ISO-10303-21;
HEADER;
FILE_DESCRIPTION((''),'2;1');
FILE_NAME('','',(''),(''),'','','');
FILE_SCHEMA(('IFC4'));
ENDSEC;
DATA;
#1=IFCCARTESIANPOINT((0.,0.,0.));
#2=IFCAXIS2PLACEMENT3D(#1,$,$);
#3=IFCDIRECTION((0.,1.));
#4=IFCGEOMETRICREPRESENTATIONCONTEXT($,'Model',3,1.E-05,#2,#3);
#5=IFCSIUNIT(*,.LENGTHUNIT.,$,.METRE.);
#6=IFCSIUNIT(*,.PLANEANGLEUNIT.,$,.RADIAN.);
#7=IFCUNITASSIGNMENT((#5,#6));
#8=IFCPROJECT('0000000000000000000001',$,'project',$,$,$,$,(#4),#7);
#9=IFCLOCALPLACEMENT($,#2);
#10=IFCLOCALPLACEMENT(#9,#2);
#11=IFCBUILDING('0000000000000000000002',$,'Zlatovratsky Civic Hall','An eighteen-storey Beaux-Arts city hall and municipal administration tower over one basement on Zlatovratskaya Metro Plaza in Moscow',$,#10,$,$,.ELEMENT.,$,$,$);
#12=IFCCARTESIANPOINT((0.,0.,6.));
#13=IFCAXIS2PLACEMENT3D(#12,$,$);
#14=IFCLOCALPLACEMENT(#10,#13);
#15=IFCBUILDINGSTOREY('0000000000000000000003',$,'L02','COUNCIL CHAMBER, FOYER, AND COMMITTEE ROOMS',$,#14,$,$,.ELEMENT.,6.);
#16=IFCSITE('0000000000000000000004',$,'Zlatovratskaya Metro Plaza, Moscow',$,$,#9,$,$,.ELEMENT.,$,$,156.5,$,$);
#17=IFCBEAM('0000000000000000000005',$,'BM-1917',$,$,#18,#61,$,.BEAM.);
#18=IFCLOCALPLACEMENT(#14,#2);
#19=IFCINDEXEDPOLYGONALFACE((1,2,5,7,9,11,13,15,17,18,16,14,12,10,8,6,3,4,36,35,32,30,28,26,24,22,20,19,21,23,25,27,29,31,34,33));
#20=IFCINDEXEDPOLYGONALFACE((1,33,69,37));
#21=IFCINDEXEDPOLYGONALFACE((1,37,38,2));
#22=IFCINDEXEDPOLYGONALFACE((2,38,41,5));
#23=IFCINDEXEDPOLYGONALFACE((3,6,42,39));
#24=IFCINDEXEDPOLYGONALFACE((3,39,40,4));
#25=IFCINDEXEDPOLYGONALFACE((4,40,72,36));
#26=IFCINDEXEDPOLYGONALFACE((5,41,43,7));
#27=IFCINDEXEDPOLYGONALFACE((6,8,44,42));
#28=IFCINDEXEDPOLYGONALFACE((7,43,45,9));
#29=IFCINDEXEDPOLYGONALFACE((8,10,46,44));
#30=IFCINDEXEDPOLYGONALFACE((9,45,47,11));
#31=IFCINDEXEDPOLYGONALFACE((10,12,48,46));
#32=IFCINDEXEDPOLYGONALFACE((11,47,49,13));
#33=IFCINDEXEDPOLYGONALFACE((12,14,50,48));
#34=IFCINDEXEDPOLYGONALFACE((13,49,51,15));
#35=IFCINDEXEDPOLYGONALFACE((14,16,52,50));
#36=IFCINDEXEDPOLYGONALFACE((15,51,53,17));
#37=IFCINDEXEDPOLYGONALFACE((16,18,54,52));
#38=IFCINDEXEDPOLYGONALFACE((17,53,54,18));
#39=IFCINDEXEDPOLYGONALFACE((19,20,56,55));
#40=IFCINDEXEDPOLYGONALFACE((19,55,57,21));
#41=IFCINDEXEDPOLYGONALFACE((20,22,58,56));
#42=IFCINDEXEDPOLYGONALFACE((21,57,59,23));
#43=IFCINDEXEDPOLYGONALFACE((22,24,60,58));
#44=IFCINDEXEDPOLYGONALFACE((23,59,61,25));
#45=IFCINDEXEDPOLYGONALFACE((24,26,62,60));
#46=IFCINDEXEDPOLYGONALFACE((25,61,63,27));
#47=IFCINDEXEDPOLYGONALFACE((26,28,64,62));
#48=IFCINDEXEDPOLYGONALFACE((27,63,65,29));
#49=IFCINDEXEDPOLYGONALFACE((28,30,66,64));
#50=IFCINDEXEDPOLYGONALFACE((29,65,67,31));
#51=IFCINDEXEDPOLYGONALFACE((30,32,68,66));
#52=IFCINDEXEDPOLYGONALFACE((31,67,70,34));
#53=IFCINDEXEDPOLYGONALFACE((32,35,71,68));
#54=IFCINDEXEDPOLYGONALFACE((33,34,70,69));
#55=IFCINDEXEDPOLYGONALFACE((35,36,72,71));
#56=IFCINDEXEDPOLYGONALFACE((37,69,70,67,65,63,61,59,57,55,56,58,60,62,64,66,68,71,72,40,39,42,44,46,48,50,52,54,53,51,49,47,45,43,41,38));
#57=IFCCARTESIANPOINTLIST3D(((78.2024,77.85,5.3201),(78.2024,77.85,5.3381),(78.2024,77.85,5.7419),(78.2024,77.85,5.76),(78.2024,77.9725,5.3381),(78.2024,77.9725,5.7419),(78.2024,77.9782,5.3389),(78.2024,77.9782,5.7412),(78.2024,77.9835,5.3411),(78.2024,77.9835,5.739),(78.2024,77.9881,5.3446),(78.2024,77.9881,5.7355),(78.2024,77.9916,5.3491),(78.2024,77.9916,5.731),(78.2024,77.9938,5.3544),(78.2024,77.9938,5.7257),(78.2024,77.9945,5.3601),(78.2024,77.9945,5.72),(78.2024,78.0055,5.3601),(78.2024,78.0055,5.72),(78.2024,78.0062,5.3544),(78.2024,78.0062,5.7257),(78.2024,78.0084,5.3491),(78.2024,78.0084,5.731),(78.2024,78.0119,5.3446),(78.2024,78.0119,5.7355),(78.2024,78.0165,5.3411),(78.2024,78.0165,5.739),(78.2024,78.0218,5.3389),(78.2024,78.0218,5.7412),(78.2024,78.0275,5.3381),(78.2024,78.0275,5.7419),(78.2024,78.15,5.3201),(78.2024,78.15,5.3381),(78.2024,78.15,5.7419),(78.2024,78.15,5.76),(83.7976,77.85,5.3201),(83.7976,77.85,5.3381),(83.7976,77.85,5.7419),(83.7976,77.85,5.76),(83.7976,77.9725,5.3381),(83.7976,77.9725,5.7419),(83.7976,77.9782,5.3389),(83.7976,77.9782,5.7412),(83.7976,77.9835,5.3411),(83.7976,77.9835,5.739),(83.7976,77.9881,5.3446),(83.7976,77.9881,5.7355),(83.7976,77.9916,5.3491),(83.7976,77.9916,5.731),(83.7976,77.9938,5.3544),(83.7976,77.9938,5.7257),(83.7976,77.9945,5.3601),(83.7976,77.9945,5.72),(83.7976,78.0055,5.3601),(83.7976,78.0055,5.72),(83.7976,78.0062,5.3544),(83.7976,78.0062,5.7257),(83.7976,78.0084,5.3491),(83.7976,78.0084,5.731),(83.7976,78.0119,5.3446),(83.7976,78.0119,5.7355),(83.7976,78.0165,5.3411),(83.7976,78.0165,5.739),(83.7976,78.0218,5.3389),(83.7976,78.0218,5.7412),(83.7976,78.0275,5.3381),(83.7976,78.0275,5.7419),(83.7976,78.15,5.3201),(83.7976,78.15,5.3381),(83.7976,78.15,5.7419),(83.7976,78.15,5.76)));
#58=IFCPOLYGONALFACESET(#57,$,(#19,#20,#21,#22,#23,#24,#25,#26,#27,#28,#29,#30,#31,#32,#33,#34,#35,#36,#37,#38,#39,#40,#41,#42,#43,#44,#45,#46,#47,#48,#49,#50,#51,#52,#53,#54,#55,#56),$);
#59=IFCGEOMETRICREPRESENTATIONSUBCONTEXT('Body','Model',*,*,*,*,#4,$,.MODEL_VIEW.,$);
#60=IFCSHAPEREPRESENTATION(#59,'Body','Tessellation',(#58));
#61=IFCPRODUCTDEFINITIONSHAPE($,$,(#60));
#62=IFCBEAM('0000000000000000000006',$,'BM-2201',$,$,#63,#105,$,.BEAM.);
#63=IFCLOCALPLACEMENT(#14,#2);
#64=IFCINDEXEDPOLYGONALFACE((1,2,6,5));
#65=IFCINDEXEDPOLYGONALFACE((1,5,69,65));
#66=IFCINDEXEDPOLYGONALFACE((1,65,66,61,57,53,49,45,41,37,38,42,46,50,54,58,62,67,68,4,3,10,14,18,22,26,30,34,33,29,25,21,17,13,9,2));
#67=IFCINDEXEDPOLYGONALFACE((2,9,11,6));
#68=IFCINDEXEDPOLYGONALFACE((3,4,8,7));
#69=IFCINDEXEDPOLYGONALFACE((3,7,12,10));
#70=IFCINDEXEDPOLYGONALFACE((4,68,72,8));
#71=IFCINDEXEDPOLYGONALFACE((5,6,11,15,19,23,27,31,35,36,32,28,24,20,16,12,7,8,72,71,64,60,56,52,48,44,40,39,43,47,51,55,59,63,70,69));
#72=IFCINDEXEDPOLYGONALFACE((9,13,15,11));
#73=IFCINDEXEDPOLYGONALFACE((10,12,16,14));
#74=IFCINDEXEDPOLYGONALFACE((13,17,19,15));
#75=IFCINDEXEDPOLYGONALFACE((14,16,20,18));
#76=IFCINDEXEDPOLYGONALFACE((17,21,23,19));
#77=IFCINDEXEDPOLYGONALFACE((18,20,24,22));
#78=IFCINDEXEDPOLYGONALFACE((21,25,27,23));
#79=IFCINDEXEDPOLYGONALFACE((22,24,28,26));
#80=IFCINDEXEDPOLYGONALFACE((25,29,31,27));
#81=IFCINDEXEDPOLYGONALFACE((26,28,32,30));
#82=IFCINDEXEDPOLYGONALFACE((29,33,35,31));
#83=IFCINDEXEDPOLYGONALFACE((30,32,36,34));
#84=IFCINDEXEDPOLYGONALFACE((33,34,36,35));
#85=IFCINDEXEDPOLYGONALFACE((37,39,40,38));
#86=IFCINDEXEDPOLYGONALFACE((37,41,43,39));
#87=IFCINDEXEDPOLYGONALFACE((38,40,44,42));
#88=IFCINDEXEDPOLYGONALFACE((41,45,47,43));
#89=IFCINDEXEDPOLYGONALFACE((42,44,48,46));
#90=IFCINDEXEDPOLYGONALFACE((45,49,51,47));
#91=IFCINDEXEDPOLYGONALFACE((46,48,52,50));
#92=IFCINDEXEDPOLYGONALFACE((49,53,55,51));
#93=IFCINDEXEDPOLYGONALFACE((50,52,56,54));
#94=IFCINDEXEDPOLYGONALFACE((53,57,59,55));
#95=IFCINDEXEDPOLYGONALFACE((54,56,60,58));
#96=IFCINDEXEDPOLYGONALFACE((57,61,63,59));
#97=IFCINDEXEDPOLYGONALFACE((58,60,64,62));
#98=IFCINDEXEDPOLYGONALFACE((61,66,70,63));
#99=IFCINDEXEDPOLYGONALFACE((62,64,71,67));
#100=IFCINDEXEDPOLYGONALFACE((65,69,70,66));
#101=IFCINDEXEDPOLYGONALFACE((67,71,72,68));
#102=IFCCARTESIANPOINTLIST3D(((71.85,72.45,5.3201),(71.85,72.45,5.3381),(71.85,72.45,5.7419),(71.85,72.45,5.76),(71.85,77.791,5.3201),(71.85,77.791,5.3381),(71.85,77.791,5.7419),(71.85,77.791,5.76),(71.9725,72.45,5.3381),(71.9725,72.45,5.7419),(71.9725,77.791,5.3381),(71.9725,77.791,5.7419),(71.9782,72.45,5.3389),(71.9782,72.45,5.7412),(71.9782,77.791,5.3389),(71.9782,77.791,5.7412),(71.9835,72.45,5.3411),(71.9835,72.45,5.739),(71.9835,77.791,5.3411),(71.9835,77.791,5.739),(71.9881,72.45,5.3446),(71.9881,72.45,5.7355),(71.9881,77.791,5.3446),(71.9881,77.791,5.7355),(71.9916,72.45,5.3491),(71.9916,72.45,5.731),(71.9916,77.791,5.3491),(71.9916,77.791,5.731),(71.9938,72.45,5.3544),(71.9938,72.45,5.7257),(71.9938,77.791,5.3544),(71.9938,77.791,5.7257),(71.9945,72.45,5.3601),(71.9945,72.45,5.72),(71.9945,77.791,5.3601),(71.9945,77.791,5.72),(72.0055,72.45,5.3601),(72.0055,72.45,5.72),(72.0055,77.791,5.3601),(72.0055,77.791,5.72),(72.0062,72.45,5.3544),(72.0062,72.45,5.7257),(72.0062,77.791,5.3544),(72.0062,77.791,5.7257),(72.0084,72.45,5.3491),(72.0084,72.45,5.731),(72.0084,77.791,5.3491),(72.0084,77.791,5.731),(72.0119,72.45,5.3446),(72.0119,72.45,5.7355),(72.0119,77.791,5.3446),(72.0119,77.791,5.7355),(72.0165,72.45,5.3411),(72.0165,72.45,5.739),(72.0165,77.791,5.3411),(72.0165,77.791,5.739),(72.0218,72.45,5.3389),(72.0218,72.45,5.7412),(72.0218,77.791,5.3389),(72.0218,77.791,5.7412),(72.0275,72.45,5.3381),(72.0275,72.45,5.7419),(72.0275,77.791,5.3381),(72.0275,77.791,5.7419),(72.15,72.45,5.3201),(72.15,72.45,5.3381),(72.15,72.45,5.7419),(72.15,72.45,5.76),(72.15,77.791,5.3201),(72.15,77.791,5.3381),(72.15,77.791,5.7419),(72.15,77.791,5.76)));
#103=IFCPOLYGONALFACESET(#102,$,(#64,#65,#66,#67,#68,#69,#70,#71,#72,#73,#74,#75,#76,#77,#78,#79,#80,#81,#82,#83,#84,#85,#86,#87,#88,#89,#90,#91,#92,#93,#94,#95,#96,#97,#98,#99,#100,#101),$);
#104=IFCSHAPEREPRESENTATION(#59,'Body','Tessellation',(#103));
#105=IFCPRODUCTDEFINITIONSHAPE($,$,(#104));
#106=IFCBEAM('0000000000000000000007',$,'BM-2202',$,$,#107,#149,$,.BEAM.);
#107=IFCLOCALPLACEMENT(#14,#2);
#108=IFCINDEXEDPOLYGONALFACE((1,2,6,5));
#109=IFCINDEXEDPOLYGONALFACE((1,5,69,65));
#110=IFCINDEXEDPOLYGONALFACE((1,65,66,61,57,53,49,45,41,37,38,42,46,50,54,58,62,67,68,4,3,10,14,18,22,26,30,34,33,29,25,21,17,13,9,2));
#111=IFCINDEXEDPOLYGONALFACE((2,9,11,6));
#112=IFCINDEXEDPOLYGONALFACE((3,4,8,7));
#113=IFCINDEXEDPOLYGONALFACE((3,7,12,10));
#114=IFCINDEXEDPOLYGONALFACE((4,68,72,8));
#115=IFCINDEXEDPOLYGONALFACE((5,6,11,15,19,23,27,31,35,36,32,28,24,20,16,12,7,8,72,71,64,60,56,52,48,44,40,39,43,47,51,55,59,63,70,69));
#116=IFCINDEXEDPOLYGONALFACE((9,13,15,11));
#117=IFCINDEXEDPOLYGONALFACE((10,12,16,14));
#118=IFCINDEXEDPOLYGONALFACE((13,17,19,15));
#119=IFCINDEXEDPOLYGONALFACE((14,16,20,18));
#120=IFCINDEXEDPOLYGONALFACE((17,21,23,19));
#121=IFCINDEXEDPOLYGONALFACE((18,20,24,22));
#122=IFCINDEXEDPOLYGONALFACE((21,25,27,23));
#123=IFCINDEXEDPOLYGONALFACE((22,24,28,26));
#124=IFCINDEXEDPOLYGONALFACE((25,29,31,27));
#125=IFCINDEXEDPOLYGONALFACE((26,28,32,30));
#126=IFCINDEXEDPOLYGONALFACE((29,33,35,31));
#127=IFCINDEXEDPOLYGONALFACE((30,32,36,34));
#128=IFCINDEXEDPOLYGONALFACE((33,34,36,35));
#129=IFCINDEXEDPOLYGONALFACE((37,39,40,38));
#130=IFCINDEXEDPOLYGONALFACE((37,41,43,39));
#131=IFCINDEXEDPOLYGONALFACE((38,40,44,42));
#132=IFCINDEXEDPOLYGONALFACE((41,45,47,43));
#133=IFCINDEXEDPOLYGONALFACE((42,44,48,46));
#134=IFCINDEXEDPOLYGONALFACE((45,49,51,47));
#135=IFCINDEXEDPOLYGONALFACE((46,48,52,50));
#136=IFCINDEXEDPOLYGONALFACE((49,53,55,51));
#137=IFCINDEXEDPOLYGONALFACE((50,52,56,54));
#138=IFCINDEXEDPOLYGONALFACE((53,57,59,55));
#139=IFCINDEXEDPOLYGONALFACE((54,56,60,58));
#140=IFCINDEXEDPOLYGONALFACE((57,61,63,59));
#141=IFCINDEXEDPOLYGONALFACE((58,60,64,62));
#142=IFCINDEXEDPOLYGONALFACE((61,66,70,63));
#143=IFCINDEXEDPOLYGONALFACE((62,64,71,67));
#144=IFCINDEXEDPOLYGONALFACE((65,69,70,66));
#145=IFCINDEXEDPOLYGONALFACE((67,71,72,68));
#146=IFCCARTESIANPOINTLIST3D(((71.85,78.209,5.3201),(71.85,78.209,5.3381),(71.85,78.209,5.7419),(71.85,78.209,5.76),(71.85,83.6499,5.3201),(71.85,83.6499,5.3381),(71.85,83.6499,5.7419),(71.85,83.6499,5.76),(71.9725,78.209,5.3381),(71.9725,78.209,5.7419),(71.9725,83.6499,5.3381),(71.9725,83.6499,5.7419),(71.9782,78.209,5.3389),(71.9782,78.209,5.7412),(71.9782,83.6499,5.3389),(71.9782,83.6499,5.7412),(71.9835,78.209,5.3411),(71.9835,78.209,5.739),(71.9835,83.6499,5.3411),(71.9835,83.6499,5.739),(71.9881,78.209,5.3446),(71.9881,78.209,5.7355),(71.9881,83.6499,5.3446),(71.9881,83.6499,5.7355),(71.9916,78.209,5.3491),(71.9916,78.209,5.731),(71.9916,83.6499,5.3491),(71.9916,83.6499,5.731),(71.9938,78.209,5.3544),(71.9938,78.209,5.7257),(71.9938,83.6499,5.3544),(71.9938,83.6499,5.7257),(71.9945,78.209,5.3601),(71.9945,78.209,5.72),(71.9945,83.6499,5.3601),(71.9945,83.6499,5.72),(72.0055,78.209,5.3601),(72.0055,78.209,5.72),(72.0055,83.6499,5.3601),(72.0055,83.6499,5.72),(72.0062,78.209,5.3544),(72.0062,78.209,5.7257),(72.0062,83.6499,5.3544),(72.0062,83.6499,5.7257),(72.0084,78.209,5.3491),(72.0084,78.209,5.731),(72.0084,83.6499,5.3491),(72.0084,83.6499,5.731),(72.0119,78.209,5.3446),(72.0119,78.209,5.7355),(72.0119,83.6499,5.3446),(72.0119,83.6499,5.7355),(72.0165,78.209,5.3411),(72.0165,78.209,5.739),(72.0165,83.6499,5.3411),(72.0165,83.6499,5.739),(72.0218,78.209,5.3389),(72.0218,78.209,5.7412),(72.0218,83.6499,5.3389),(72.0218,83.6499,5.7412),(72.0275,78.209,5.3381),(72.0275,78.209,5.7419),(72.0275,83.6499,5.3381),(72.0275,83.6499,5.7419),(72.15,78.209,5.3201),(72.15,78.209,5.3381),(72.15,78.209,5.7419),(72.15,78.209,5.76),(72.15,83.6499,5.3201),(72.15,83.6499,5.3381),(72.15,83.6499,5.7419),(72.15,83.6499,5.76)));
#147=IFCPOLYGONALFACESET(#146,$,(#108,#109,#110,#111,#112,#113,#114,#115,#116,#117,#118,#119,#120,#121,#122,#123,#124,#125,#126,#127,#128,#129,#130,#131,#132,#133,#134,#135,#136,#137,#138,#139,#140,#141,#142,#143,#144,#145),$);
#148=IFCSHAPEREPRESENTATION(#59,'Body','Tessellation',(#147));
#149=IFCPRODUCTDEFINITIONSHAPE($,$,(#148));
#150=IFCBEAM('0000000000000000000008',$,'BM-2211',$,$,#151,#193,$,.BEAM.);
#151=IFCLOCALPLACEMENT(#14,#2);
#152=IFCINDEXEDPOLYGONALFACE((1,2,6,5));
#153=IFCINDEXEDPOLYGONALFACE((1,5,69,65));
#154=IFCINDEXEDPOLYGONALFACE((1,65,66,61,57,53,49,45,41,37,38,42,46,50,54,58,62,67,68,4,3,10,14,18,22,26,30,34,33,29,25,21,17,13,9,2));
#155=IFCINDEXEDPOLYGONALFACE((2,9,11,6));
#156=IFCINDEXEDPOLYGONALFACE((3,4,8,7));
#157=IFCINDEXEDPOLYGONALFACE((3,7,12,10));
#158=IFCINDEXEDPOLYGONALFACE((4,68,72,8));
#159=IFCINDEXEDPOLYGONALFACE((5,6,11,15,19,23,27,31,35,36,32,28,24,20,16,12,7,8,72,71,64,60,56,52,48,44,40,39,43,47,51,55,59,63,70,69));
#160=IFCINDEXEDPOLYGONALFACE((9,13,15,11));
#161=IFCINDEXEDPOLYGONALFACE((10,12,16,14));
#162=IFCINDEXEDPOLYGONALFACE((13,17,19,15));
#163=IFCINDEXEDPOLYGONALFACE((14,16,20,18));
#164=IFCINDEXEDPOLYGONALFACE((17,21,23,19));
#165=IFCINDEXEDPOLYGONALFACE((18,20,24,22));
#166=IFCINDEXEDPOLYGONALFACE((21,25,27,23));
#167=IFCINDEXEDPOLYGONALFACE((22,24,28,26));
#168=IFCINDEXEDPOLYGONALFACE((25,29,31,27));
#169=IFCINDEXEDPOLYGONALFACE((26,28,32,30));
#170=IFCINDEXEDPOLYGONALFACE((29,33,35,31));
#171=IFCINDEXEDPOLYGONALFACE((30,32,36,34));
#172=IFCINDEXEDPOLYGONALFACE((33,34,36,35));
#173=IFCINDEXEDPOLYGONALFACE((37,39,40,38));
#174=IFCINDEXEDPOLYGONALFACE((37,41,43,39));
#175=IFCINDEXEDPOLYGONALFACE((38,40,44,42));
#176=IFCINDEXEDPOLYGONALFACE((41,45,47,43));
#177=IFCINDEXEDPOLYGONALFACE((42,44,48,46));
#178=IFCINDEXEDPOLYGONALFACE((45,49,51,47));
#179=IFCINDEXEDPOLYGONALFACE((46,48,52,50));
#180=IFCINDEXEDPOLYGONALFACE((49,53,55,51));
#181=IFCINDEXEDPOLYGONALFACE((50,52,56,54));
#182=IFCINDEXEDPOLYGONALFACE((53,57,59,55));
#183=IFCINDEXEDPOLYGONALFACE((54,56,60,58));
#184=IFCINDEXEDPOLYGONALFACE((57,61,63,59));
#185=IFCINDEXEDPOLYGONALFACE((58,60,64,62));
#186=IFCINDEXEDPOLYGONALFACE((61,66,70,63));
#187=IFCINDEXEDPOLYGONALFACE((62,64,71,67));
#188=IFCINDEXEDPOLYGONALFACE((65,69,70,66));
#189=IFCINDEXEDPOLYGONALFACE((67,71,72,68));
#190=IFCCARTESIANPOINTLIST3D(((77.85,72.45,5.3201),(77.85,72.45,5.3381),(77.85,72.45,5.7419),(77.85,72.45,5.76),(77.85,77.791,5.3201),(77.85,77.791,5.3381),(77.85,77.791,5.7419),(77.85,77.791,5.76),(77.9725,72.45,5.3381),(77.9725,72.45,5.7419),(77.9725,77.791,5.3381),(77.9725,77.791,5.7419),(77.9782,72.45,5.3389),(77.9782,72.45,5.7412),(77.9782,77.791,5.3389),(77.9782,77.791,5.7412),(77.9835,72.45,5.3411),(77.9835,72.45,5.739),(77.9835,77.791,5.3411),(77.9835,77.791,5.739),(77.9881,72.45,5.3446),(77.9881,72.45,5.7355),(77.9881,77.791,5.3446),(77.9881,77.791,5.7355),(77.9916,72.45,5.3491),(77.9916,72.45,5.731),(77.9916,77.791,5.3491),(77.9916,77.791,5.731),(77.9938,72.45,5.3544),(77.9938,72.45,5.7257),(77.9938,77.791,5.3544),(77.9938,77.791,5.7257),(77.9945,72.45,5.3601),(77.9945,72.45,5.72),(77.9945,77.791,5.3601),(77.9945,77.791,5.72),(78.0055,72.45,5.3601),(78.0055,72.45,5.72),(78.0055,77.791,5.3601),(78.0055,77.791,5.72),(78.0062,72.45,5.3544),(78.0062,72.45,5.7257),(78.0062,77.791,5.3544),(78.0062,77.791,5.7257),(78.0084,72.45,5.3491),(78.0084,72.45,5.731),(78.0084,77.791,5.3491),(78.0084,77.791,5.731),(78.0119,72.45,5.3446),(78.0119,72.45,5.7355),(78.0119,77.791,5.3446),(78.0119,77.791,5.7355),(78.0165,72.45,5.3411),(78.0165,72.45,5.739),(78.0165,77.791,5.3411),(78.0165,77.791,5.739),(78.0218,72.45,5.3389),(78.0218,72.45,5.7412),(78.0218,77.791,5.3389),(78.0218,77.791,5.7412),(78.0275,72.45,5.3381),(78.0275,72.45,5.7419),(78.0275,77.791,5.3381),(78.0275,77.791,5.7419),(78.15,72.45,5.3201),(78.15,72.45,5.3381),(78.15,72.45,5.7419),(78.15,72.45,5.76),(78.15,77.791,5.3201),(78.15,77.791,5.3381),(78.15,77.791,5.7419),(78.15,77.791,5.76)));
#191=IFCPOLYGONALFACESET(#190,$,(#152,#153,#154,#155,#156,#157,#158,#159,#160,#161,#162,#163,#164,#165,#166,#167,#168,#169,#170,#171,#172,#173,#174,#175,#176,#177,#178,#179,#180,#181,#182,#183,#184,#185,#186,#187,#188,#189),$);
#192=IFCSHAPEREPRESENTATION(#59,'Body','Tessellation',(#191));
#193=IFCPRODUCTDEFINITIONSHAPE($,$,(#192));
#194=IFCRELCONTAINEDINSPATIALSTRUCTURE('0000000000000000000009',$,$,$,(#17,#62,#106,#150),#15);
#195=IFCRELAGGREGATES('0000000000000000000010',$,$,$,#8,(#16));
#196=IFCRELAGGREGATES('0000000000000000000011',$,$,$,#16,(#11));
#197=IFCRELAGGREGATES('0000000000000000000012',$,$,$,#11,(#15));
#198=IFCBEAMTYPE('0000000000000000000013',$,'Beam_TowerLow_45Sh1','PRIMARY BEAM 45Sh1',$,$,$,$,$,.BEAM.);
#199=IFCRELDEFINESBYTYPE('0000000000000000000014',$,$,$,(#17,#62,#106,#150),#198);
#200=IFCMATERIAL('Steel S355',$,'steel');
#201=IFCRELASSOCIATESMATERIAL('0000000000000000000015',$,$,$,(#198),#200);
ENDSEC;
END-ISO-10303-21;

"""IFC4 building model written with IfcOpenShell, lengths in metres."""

from ifc_helpers import new_model, si_unit, direction, frame, origin, origin_2d, place, context, subcontext, project, spatial, i_section, extrude, material, material_profile, profile_set, type_object, element, save


model = new_model("IFC4")

# Units and contexts
model_context = context("Model", 3, precision=1e-05, world=origin(), true_north=direction((0.0, 1.0)))
body_context = subcontext(model_context, "Body", "Model", "MODEL_VIEW")
ifc_project = project(units=[si_unit("LENGTHUNIT", "METRE"), si_unit("PLANEANGLEUNIT", "RADIAN")], contexts=[model_context])

# Site, building, storey
site_placement = place(None, origin())
site = spatial("IfcSite", under=ifc_project, at=site_placement, Name="Zlatovratskaya Metro Plaza, Moscow", CompositionType="ELEMENT", RefElevation=156.5)
building_placement = place(site_placement, origin())
building = spatial("IfcBuilding", under=site, at=building_placement, Name="Zlatovratsky Civic Hall", Description="An eighteen-storey Beaux-Arts city hall and municipal administration tower over one basement on Zlatovratskaya Metro Plaza in Moscow", CompositionType="ELEMENT")
storey_placement = place(building_placement, frame((0.0, 0.0, 6.0)))
storey = spatial("IfcBuildingStorey", under=building, at=storey_placement, Name="L02", Description="COUNCIL CHAMBER, FOYER, AND COMMITTEE ROOMS", CompositionType="ELEMENT", Elevation=6.0)

# Shared definitions
ifc_material_1 = material(Name="Steel S355", Category="steel")

# Beams
ifc_material_profile_1 = material_profile(ifc_material_1, i_section(OverallWidth=0.3, OverallDepth=0.4399, WebThickness=0.011, FlangeThickness=0.0181, FilletRadius=0.022, at=origin_2d()), Name="45Sh1")
ifc_profile_set_1 = profile_set([ifc_material_profile_1], Name="Steel S355")
beam_type = type_object("IfcBeamType", Name="Beam_TowerLow_45Sh1", Description="PRIMARY BEAM 45Sh1", PredefinedType="BEAM", material=ifc_profile_set_1)
for number, where, z_axis, x_axis, name in (
    (1, (78.2024, 78.0, 5.54), (1.0, 0.0, 0.0), (0.0, 1.0, 0.0), "BM-1917"),
):
    element("IfcBeam", number, at=place(storey_placement, frame(where, z_axis=z_axis, x_axis=x_axis)), inside=storey, type_object=beam_type, Name=name, PredefinedType="BEAM", context=body_context, shape_type="SweptSolid", body=[
        extrude(i_section(OverallWidth=0.3, OverallDepth=0.4399, WebThickness=0.011, FlangeThickness=0.0181, FilletRadius=0.022, at=origin_2d()), origin(), (0.0, 0.0, 1.0), 5.5952),
    ])
beam_1_placement = place(storey_placement, frame((72.0, 72.45, 5.54), z_axis=(0.0, 1.0, 0.0), x_axis=(-1.0, 0.0, 0.0)))
element("IfcBeam", 2, at=beam_1_placement, inside=storey, type_object=beam_type, Name="BM-2201", PredefinedType="BEAM", context=body_context, shape_type="SweptSolid", body=[
    extrude(i_section(OverallWidth=0.3, OverallDepth=0.4399, WebThickness=0.011, FlangeThickness=0.0181, FilletRadius=0.022, at=origin_2d()), origin(), (0.0, 0.0, 1.0), 5.3411),
])
beam_2_placement = place(storey_placement, frame((72.0, 78.209, 5.54), z_axis=(0.0, 1.0, 0.0), x_axis=(-1.0, 0.0, 0.0)))
element("IfcBeam", 3, at=beam_2_placement, inside=storey, type_object=beam_type, Name="BM-2202", PredefinedType="BEAM", context=body_context, shape_type="SweptSolid", body=[
    extrude(i_section(OverallWidth=0.3, OverallDepth=0.4399, WebThickness=0.011, FlangeThickness=0.0181, FilletRadius=0.022, at=origin_2d()), origin(), (0.0, 0.0, 1.0), 5.4409),
])
beam_3_placement = place(storey_placement, frame((78.0, 72.45, 5.54), z_axis=(0.0, 1.0, 0.0), x_axis=(-1.0, 0.0, 0.0)))
element("IfcBeam", 4, at=beam_3_placement, inside=storey, type_object=beam_type, Name="BM-2211", PredefinedType="BEAM", context=body_context, shape_type="SweptSolid", body=[
    extrude(i_section(OverallWidth=0.3, OverallDepth=0.4399, WebThickness=0.011, FlangeThickness=0.0181, FilletRadius=0.022, at=origin_2d()), origin(), (0.0, 0.0, 1.0), 5.3411),
])

save(model, "model.ifc")
